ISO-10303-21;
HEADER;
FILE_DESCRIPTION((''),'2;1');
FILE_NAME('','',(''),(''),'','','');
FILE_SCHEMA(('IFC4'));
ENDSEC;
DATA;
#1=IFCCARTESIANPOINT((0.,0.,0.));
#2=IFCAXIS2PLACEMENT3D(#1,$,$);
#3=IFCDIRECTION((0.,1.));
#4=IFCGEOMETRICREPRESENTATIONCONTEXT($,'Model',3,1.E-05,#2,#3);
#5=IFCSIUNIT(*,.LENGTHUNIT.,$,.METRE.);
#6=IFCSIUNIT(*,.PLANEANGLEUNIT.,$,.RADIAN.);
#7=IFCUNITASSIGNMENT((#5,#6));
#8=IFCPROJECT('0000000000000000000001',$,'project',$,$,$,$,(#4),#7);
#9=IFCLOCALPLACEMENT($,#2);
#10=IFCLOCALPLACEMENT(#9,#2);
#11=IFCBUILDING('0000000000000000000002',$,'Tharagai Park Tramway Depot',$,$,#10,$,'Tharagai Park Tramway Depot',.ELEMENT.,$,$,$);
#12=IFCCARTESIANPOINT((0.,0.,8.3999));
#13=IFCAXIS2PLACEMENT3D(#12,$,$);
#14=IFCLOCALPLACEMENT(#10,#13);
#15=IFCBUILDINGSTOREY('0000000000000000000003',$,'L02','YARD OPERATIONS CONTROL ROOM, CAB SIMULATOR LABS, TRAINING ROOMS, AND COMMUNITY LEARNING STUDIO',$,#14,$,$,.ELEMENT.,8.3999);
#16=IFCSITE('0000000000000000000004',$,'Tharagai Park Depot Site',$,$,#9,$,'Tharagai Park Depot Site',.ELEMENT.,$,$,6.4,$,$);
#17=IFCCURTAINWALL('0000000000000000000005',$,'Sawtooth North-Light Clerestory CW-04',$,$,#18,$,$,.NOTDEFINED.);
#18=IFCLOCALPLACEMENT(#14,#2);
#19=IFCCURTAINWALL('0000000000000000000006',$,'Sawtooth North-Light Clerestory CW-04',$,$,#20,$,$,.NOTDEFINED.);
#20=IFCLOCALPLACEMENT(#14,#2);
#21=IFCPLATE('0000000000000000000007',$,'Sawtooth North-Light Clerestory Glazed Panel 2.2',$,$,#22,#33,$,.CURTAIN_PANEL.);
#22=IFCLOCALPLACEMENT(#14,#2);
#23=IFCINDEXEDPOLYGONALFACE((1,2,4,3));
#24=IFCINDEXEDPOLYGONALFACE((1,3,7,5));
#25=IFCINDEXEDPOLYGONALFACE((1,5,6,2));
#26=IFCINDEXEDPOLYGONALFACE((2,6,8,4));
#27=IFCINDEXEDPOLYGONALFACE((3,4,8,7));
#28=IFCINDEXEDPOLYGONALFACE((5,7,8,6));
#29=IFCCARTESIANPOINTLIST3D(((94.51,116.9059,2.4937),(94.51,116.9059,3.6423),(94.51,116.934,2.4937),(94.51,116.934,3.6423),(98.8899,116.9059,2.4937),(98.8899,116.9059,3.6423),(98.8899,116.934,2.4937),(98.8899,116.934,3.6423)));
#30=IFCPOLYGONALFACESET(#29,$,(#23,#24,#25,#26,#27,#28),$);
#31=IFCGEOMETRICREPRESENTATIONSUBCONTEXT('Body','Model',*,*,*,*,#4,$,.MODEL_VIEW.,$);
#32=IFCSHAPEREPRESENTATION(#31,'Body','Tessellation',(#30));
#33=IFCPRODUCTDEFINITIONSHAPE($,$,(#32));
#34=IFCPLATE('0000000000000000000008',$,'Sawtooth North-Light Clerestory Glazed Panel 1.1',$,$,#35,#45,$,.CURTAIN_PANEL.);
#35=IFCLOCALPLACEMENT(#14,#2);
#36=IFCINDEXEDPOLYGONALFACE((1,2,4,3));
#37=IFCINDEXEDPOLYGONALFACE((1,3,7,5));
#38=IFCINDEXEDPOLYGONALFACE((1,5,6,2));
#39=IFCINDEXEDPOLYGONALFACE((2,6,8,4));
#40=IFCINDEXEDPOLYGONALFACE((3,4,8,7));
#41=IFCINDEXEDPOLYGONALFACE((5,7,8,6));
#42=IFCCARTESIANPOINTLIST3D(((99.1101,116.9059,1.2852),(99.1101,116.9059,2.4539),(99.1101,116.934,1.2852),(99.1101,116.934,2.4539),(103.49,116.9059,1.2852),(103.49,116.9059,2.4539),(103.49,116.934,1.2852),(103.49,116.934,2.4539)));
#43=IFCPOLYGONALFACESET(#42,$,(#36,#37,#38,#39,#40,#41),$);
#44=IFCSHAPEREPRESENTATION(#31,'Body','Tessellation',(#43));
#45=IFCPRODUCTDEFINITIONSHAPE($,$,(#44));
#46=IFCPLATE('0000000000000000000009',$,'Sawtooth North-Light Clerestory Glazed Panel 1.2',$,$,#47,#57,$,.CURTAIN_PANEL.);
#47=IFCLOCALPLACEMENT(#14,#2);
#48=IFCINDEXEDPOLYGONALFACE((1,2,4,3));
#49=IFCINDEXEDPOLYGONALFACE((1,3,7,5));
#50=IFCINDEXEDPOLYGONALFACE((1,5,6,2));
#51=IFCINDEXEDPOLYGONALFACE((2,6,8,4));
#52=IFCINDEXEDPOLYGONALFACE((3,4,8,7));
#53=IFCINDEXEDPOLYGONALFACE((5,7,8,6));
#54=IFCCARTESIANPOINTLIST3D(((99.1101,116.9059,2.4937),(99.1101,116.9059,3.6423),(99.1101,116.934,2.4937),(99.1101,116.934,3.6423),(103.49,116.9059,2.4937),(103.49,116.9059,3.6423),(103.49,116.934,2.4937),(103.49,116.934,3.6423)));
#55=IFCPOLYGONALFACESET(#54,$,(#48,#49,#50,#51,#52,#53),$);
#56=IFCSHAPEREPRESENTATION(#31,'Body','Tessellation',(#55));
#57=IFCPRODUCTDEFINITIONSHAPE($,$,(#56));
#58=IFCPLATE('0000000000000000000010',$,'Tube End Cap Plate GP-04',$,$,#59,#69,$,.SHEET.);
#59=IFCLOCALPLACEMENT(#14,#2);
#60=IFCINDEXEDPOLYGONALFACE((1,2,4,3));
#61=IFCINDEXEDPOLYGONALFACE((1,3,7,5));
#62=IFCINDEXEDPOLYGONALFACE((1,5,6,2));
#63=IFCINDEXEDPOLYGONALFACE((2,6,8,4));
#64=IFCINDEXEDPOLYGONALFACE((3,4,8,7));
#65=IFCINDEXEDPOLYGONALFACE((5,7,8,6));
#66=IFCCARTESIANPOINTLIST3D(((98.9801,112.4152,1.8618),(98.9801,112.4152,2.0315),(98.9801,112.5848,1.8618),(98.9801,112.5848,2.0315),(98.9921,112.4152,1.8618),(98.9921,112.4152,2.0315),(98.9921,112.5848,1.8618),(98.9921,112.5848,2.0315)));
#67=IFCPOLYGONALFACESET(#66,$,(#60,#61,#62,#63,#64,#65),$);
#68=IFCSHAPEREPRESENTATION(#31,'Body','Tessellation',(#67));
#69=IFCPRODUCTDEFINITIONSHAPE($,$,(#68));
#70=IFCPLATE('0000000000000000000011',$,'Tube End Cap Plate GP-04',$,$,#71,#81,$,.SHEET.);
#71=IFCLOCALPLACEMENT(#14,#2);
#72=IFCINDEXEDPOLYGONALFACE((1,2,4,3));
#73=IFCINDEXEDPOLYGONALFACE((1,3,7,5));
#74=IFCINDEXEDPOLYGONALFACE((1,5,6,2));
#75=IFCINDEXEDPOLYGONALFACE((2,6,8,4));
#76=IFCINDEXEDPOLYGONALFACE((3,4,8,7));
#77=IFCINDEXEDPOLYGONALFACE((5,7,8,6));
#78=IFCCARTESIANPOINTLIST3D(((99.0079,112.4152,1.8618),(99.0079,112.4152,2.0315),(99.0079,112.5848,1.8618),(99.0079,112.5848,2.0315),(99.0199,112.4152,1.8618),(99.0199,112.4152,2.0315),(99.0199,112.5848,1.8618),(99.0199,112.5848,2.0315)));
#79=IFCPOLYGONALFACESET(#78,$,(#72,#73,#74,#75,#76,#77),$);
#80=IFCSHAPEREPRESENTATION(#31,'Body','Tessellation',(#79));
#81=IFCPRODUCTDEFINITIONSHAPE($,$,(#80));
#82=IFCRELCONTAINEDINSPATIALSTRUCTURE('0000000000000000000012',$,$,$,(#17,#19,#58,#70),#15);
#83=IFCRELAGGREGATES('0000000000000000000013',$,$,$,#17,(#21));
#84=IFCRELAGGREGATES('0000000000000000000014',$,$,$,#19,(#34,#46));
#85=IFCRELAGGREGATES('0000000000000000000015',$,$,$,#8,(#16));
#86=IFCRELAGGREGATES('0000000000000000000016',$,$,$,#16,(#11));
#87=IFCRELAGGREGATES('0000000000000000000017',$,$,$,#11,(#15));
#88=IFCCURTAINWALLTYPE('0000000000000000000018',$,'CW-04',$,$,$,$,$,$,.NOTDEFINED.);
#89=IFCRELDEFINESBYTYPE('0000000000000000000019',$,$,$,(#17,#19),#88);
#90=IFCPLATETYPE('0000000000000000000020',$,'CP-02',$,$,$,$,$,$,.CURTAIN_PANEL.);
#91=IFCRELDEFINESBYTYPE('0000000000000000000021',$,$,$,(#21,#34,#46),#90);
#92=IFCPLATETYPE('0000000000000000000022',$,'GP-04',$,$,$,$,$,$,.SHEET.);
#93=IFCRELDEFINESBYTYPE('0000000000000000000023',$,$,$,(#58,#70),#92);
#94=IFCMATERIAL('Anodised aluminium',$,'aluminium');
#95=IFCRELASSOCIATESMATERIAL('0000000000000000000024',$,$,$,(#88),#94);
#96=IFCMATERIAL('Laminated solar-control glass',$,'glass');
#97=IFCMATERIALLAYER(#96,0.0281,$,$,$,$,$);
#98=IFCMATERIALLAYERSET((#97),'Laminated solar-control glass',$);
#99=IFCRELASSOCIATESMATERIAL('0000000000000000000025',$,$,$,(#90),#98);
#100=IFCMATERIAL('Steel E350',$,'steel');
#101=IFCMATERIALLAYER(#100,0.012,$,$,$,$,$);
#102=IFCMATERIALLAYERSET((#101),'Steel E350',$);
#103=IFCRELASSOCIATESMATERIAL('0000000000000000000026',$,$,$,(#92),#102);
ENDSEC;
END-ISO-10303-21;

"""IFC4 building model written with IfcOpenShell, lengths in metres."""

from ifc_helpers import new_model, si_unit, direction, frame, origin, origin_2d, place, context, subcontext, project, spatial, rectangle, extrude, material, layer, layer_set, type_object, element, aggregate, save


model = new_model("IFC4")

# Units and contexts
model_context = context("Model", 3, precision=1e-05, world=origin(), true_north=direction((0.0, 1.0)))
body_context = subcontext(model_context, "Body", "Model", "MODEL_VIEW")
ifc_project = project(units=[si_unit("LENGTHUNIT", "METRE"), si_unit("PLANEANGLEUNIT", "RADIAN")], contexts=[model_context])

# Site, building, storey
site_placement = place(None, origin())
site = spatial("IfcSite", under=ifc_project, at=site_placement, Name="Tharagai Park Depot Site", LongName="Tharagai Park Depot Site", CompositionType="ELEMENT", RefElevation=6.4)
building_placement = place(site_placement, origin())
building = spatial("IfcBuilding", under=site, at=building_placement, Name="Tharagai Park Tramway Depot", LongName="Tharagai Park Tramway Depot", CompositionType="ELEMENT")
storey_placement = place(building_placement, frame((0.0, 0.0, 8.3999)))
storey = spatial("IfcBuildingStorey", under=building, at=storey_placement, Name="L02", Description="YARD OPERATIONS CONTROL ROOM, CAB SIMULATOR LABS, TRAINING ROOMS, AND COMMUNITY LEARNING STUDIO", CompositionType="ELEMENT", Elevation=8.3999)

# Shared definitions
ifc_material_1 = material(Name="Steel E350", Category="steel")

# Curtain walls
ifc_material_2 = material(Name="Anodised aluminium", Category="aluminium")
curtain_wall_type = type_object("IfcCurtainWallType", Name="CW-04", PredefinedType="NOTDEFINED", material=ifc_material_2)
curtain_wall_1_placement = place(storey_placement, origin())
curtain_wall_1 = element("IfcCurtainWall", 1, at=curtain_wall_1_placement, inside=storey, type_object=curtain_wall_type, Name="Sawtooth North-Light Clerestory CW-04", PredefinedType="NOTDEFINED")
curtain_wall_2_placement = place(storey_placement, origin())
curtain_wall_2 = element("IfcCurtainWall", 2, at=curtain_wall_2_placement, inside=storey, type_object=curtain_wall_type, Name="Sawtooth North-Light Clerestory CW-04", PredefinedType="NOTDEFINED")

# Plates
ifc_material_3 = material(Name="Laminated solar-control glass", Category="glass")
ifc_layer_1 = layer(ifc_material_3, 0.0281)
ifc_layer_set_1 = layer_set([ifc_layer_1], Name="Laminated solar-control glass")
plate_type_1 = type_object("IfcPlateType", Name="CP-02", PredefinedType="CURTAIN_PANEL", material=ifc_layer_set_1)
plate_1_placement = place(storey_placement, frame((96.7, 116.9199, 2.4937), z_axis=(0.0, 0.0, 1.0), x_axis=(1.0, 0.0, 0.0)))
plate_1 = element("IfcPlate", 3, at=plate_1_placement, type_object=plate_type_1, Name="Sawtooth North-Light Clerestory Glazed Panel 2.2", PredefinedType="CURTAIN_PANEL", context=body_context, shape_type="SweptSolid", body=[
    extrude(rectangle(XDim=4.3799, YDim=0.0281, at=origin_2d()), origin(), (0.0, 0.0, 1.0), 1.1487),
])
aggregate(curtain_wall_1, [plate_1])
plate_2_placement = place(storey_placement, frame((101.3, 116.9199, 1.2852), z_axis=(0.0, 0.0, 1.0), x_axis=(1.0, 0.0, 0.0)))
plate_2 = element("IfcPlate", 4, at=plate_2_placement, type_object=plate_type_1, Name="Sawtooth North-Light Clerestory Glazed Panel 1.1", PredefinedType="CURTAIN_PANEL", context=body_context, shape_type="SweptSolid", body=[
    extrude(rectangle(XDim=4.3799, YDim=0.0281, at=origin_2d()), origin(), (0.0, 0.0, 1.0), 1.1687),
])
plate_3_placement = place(storey_placement, frame((101.3, 116.9199, 2.4937), z_axis=(0.0, 0.0, 1.0), x_axis=(1.0, 0.0, 0.0)))
plate_3 = element("IfcPlate", 5, at=plate_3_placement, type_object=plate_type_1, Name="Sawtooth North-Light Clerestory Glazed Panel 1.2", PredefinedType="CURTAIN_PANEL", context=body_context, shape_type="SweptSolid", body=[
    extrude(rectangle(XDim=4.3799, YDim=0.0281, at=origin_2d()), origin(), (0.0, 0.0, 1.0), 1.1487),
])
aggregate(curtain_wall_2, [plate_2, plate_3])

# Plates
ifc_layer_2 = layer(ifc_material_1, 0.012)
ifc_layer_set_2 = layer_set([ifc_layer_2], Name="Steel E350")
plate_type_2 = type_object("IfcPlateType", Name="GP-04", PredefinedType="SHEET", material=ifc_layer_set_2)
for number, where, z_axis, x_axis, name in (
    (6, (98.9861, 112.5, 1.8618), (0.0, 0.0, 1.0), (1.0, 0.0, 0.0), "Tube End Cap Plate GP-04"),
    (7, (99.0139, 112.5, 1.8618), (0.0, 0.0, 1.0), (1.0, 0.0, 0.0), "Tube End Cap Plate GP-04"),
):
    element("IfcPlate", number, at=place(storey_placement, frame(where, z_axis=z_axis, x_axis=x_axis)), inside=storey, type_object=plate_type_2, Name=name, PredefinedType="SHEET", context=body_context, shape_type="SweptSolid", body=[
        extrude(rectangle(XDim=0.012, YDim=0.1697, at=origin_2d()), origin(), (0.0, 0.0, 1.0), 0.1697),
    ])

save(model, "model.ifc")
